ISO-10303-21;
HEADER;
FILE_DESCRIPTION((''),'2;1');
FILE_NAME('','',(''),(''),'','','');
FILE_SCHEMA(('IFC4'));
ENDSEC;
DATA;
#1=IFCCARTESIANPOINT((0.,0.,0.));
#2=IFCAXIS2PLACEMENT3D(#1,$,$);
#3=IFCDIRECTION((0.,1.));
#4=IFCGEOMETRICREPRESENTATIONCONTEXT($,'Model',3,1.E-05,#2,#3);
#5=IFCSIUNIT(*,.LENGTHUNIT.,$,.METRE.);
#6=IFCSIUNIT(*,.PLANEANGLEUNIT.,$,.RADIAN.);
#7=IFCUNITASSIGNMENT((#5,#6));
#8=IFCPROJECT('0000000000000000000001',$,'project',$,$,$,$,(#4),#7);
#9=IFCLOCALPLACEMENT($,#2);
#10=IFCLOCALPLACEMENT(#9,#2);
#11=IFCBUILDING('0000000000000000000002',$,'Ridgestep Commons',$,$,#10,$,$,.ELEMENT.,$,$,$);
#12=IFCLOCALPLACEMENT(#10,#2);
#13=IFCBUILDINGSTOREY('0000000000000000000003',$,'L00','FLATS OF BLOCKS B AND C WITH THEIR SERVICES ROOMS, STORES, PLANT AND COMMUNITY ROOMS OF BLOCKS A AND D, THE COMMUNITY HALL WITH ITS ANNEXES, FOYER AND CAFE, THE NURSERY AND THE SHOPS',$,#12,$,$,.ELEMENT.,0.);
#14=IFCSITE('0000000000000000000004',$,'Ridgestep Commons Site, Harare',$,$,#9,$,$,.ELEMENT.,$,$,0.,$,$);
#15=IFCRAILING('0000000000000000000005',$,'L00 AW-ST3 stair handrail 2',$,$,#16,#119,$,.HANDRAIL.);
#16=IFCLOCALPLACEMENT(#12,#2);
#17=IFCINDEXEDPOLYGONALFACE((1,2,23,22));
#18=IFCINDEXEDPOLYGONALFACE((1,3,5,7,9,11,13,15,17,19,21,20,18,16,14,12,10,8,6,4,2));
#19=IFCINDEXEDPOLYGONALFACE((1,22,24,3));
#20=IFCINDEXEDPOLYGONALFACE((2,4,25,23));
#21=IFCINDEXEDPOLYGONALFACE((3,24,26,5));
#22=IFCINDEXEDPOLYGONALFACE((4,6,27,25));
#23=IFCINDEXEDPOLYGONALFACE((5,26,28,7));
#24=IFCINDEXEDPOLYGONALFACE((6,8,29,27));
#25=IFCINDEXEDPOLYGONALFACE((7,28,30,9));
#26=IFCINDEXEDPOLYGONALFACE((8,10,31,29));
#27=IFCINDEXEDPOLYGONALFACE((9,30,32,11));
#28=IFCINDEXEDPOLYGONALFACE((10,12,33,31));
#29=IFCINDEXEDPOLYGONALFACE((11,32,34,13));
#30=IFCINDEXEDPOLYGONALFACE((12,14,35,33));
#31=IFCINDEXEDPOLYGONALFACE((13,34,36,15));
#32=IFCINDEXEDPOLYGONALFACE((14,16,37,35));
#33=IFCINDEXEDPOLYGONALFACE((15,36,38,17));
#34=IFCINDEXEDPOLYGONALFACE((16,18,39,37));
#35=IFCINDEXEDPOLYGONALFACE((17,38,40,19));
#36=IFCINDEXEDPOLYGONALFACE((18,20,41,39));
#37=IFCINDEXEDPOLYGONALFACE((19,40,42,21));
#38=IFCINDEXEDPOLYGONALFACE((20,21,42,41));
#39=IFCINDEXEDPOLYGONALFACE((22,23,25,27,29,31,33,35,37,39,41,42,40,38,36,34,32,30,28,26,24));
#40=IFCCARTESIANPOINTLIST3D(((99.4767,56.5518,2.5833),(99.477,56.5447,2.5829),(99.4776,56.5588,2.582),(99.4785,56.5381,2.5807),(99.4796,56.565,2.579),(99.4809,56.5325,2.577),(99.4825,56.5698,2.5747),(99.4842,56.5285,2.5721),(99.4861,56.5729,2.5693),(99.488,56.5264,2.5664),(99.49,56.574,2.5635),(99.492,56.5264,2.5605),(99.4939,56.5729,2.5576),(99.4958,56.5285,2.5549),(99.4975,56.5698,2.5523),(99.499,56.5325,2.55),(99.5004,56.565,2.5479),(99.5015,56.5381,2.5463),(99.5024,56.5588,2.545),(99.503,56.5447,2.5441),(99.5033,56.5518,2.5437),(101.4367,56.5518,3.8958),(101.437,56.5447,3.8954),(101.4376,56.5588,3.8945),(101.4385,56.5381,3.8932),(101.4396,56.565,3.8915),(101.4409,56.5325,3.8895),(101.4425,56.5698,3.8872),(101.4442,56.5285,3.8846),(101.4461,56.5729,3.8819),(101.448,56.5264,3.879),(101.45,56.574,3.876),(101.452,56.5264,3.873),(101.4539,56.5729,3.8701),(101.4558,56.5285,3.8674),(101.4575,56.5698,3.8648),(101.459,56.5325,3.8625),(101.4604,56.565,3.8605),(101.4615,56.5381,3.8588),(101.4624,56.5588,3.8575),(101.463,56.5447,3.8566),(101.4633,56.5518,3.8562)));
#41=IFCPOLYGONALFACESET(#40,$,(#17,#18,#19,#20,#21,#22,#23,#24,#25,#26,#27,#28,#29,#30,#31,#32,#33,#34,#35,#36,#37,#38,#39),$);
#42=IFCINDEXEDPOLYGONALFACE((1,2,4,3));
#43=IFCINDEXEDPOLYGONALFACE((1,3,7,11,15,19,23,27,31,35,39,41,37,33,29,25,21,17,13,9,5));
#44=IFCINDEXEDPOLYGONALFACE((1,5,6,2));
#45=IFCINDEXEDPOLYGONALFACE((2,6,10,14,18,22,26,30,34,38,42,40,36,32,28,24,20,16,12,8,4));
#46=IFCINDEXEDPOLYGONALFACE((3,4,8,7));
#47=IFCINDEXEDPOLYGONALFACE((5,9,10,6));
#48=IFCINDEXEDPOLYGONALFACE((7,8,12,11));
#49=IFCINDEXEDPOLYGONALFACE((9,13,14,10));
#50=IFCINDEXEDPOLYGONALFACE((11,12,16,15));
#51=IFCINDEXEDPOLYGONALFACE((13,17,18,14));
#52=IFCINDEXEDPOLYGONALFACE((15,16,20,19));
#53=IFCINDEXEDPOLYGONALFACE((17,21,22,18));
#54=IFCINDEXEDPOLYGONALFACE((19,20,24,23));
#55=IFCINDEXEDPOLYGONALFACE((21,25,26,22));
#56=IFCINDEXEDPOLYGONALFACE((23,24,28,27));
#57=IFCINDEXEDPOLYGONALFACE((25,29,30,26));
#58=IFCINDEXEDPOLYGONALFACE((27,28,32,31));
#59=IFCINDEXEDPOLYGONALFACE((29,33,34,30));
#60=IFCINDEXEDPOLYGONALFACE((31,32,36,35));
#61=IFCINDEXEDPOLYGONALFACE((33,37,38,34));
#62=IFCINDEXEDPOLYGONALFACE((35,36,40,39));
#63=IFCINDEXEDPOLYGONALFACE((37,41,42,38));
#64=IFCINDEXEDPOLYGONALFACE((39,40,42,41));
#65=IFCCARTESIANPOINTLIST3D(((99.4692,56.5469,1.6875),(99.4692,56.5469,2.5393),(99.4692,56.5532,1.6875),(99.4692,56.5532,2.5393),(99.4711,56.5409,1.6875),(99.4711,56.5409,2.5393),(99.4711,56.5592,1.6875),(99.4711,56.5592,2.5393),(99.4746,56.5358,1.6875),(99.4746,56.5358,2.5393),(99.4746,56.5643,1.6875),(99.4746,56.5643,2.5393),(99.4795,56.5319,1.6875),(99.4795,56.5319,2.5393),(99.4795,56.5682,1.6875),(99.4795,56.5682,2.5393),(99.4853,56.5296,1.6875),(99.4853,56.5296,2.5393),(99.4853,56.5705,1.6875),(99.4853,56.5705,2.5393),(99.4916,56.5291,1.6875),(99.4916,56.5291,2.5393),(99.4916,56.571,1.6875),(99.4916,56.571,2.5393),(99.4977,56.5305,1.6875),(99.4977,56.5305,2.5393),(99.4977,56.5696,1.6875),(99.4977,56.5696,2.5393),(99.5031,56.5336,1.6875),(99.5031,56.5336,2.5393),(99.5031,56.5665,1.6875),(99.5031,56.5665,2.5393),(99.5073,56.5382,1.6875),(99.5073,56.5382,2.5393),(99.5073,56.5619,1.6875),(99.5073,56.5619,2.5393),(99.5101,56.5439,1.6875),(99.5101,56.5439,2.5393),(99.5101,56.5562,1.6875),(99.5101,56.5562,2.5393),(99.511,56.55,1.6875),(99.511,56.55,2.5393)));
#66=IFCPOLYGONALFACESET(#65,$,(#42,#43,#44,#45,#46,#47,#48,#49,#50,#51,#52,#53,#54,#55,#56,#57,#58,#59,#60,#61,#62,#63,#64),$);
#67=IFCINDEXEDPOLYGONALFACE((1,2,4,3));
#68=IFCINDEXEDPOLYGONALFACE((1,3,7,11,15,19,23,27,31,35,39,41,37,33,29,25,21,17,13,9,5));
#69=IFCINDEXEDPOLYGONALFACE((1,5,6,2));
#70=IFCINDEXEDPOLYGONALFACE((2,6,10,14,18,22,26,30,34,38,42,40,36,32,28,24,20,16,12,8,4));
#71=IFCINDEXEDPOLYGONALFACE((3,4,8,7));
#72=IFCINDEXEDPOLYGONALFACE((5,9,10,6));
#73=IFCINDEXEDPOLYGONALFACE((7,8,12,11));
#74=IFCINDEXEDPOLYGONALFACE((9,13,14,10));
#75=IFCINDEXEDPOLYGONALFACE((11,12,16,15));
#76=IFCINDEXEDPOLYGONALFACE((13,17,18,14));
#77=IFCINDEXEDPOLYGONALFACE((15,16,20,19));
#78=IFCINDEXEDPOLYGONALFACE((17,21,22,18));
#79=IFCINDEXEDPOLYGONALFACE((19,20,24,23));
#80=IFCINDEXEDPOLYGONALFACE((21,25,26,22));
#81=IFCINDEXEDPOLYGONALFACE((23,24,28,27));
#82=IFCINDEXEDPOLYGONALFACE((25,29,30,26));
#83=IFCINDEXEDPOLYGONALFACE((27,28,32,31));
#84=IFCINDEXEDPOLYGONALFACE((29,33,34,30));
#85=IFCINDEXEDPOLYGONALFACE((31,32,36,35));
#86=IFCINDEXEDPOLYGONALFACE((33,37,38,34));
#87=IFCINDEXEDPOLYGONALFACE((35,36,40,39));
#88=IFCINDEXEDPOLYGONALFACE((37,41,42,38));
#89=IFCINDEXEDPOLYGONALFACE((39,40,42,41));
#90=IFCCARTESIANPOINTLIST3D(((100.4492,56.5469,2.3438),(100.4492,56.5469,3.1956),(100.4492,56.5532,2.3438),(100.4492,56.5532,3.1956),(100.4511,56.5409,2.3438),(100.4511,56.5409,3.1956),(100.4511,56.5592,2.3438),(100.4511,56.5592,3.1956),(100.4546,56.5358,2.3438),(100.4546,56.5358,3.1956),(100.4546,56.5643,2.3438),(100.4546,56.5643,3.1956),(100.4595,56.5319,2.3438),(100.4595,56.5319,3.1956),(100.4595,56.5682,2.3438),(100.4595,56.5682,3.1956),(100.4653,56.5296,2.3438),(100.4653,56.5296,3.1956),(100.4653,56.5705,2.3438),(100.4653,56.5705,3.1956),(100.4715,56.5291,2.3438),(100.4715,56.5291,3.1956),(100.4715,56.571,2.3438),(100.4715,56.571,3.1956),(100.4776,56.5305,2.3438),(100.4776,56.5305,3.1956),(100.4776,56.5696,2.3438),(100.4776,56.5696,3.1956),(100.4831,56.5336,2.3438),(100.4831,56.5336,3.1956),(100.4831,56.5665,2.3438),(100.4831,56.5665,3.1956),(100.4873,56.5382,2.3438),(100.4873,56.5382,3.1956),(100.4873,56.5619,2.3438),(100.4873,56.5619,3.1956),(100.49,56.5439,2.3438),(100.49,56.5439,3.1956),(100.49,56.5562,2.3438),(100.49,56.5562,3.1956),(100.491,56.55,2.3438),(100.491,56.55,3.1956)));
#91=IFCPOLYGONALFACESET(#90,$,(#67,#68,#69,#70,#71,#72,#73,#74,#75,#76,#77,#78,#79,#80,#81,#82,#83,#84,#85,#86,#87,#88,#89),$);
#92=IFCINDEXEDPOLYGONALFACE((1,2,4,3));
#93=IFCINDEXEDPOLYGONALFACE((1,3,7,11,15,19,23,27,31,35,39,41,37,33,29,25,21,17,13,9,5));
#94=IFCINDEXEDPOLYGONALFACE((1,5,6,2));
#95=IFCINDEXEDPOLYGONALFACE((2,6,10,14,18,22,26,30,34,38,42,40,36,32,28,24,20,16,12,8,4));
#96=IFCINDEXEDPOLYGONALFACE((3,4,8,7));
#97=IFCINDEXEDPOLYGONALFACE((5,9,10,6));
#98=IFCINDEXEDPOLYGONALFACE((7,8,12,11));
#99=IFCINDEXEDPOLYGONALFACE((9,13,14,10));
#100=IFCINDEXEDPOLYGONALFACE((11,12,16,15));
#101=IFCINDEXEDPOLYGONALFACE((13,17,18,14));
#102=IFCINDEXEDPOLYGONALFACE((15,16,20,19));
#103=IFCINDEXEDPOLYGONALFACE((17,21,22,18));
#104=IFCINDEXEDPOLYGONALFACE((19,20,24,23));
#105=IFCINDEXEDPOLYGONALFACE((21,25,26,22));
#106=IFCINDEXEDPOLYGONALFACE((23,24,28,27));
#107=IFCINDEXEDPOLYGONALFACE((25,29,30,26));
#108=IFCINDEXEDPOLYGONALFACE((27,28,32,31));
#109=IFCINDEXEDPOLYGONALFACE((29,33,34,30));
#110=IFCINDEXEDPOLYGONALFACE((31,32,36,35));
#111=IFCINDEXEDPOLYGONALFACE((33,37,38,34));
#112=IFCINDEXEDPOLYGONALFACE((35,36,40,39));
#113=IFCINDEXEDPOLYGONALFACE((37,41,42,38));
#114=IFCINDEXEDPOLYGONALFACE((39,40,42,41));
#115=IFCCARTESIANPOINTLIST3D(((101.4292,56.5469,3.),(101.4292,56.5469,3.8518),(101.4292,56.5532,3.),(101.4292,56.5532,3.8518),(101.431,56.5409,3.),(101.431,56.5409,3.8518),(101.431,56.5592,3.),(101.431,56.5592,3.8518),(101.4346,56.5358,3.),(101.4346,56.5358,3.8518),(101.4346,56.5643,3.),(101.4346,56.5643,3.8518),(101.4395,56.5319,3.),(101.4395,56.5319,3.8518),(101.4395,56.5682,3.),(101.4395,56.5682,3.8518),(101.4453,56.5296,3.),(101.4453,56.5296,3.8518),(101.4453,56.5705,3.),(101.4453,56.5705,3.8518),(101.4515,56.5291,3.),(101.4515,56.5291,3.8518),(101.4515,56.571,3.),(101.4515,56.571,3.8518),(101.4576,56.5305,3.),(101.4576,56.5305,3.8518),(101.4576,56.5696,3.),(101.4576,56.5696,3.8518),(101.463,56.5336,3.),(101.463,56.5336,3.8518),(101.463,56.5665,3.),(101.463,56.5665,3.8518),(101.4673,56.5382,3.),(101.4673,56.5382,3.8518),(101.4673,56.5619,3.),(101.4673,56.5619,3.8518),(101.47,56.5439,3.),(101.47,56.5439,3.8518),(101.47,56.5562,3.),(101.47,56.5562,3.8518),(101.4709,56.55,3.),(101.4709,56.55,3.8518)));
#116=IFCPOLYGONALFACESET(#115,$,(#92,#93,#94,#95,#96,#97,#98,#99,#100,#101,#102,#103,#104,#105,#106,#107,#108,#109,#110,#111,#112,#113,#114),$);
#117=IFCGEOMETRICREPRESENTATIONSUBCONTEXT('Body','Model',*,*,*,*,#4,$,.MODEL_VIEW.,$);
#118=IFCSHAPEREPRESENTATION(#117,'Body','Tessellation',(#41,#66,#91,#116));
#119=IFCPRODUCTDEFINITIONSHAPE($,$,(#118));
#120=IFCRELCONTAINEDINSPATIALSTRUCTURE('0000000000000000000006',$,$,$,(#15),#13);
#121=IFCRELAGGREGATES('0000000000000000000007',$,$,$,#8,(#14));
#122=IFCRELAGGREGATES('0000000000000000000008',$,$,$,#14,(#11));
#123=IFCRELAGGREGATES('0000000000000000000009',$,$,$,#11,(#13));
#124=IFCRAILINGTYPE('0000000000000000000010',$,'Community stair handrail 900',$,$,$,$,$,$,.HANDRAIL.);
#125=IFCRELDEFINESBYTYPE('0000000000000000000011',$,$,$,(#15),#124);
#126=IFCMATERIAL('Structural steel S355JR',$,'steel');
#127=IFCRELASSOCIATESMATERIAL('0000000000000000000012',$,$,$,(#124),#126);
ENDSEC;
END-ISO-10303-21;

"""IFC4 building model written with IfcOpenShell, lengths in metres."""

from ifc_helpers import new_model, si_unit, direction, frame, origin, origin_2d, place, context, subcontext, project, spatial, circle, extrude, material, type_object, element, save


model = new_model("IFC4")

# Units and contexts
model_context = context("Model", 3, precision=1e-05, world=origin(), true_north=direction((0.0, 1.0)))
body_context = subcontext(model_context, "Body", "Model", "MODEL_VIEW")
ifc_project = project(units=[si_unit("LENGTHUNIT", "METRE"), si_unit("PLANEANGLEUNIT", "RADIAN")], contexts=[model_context])

# Site, building, storey
site_placement = place(None, origin())
site = spatial("IfcSite", under=ifc_project, at=site_placement, Name="Ridgestep Commons Site, Harare", CompositionType="ELEMENT", RefElevation=0.0)
building_placement = place(site_placement, origin())
building = spatial("IfcBuilding", under=site, at=building_placement, Name="Ridgestep Commons", CompositionType="ELEMENT")
storey_placement = place(building_placement, origin())
storey = spatial("IfcBuildingStorey", under=building, at=storey_placement, Name="L00", Description="FLATS OF BLOCKS B AND C WITH THEIR SERVICES ROOMS, STORES, PLANT AND COMMUNITY ROOMS OF BLOCKS A AND D, THE COMMUNITY HALL WITH ITS ANNEXES, FOYER AND CAFE, THE NURSERY AND THE SHOPS", CompositionType="ELEMENT", Elevation=0.0)

# Railing
ifc_material_1 = material(Name="Structural steel S355JR", Category="steel")
railing_type_1 = type_object("IfcRailingType", Name="Community stair handrail 900", PredefinedType="HANDRAIL", material=ifc_material_1)
railing_1_placement = place(storey_placement, frame((99.49, 56.55, 1.6875)))
element("IfcRailing", 1, at=railing_1_placement, inside=storey, type_object=railing_type_1, Name="L00 AW-ST3 stair handrail 2", PredefinedType="HANDRAIL", context=body_context, shape_type="SweptSolid", body=[
    extrude(circle(Radius=0.0239, at=origin_2d()), frame((0.0, 0.0, 0.876), z_axis=(0.830902, 0.0, 0.556419), x_axis=(0.0, 1.0, 0.0)), (0.0, 0.0, 1.0), 2.3589),
    extrude(circle(Radius=0.021, at=origin_2d()), origin(), (0.0, 0.0, 1.0), 0.8518),
    extrude(circle(Radius=0.021, at=origin_2d()), frame((0.98, 0.0, 0.6562)), (0.0, 0.0, 1.0), 0.8518),
    extrude(circle(Radius=0.021, at=origin_2d()), frame((1.96, 0.0, 1.3125)), (0.0, 0.0, 1.0), 0.8518),
])

save(model, "model.ifc")
